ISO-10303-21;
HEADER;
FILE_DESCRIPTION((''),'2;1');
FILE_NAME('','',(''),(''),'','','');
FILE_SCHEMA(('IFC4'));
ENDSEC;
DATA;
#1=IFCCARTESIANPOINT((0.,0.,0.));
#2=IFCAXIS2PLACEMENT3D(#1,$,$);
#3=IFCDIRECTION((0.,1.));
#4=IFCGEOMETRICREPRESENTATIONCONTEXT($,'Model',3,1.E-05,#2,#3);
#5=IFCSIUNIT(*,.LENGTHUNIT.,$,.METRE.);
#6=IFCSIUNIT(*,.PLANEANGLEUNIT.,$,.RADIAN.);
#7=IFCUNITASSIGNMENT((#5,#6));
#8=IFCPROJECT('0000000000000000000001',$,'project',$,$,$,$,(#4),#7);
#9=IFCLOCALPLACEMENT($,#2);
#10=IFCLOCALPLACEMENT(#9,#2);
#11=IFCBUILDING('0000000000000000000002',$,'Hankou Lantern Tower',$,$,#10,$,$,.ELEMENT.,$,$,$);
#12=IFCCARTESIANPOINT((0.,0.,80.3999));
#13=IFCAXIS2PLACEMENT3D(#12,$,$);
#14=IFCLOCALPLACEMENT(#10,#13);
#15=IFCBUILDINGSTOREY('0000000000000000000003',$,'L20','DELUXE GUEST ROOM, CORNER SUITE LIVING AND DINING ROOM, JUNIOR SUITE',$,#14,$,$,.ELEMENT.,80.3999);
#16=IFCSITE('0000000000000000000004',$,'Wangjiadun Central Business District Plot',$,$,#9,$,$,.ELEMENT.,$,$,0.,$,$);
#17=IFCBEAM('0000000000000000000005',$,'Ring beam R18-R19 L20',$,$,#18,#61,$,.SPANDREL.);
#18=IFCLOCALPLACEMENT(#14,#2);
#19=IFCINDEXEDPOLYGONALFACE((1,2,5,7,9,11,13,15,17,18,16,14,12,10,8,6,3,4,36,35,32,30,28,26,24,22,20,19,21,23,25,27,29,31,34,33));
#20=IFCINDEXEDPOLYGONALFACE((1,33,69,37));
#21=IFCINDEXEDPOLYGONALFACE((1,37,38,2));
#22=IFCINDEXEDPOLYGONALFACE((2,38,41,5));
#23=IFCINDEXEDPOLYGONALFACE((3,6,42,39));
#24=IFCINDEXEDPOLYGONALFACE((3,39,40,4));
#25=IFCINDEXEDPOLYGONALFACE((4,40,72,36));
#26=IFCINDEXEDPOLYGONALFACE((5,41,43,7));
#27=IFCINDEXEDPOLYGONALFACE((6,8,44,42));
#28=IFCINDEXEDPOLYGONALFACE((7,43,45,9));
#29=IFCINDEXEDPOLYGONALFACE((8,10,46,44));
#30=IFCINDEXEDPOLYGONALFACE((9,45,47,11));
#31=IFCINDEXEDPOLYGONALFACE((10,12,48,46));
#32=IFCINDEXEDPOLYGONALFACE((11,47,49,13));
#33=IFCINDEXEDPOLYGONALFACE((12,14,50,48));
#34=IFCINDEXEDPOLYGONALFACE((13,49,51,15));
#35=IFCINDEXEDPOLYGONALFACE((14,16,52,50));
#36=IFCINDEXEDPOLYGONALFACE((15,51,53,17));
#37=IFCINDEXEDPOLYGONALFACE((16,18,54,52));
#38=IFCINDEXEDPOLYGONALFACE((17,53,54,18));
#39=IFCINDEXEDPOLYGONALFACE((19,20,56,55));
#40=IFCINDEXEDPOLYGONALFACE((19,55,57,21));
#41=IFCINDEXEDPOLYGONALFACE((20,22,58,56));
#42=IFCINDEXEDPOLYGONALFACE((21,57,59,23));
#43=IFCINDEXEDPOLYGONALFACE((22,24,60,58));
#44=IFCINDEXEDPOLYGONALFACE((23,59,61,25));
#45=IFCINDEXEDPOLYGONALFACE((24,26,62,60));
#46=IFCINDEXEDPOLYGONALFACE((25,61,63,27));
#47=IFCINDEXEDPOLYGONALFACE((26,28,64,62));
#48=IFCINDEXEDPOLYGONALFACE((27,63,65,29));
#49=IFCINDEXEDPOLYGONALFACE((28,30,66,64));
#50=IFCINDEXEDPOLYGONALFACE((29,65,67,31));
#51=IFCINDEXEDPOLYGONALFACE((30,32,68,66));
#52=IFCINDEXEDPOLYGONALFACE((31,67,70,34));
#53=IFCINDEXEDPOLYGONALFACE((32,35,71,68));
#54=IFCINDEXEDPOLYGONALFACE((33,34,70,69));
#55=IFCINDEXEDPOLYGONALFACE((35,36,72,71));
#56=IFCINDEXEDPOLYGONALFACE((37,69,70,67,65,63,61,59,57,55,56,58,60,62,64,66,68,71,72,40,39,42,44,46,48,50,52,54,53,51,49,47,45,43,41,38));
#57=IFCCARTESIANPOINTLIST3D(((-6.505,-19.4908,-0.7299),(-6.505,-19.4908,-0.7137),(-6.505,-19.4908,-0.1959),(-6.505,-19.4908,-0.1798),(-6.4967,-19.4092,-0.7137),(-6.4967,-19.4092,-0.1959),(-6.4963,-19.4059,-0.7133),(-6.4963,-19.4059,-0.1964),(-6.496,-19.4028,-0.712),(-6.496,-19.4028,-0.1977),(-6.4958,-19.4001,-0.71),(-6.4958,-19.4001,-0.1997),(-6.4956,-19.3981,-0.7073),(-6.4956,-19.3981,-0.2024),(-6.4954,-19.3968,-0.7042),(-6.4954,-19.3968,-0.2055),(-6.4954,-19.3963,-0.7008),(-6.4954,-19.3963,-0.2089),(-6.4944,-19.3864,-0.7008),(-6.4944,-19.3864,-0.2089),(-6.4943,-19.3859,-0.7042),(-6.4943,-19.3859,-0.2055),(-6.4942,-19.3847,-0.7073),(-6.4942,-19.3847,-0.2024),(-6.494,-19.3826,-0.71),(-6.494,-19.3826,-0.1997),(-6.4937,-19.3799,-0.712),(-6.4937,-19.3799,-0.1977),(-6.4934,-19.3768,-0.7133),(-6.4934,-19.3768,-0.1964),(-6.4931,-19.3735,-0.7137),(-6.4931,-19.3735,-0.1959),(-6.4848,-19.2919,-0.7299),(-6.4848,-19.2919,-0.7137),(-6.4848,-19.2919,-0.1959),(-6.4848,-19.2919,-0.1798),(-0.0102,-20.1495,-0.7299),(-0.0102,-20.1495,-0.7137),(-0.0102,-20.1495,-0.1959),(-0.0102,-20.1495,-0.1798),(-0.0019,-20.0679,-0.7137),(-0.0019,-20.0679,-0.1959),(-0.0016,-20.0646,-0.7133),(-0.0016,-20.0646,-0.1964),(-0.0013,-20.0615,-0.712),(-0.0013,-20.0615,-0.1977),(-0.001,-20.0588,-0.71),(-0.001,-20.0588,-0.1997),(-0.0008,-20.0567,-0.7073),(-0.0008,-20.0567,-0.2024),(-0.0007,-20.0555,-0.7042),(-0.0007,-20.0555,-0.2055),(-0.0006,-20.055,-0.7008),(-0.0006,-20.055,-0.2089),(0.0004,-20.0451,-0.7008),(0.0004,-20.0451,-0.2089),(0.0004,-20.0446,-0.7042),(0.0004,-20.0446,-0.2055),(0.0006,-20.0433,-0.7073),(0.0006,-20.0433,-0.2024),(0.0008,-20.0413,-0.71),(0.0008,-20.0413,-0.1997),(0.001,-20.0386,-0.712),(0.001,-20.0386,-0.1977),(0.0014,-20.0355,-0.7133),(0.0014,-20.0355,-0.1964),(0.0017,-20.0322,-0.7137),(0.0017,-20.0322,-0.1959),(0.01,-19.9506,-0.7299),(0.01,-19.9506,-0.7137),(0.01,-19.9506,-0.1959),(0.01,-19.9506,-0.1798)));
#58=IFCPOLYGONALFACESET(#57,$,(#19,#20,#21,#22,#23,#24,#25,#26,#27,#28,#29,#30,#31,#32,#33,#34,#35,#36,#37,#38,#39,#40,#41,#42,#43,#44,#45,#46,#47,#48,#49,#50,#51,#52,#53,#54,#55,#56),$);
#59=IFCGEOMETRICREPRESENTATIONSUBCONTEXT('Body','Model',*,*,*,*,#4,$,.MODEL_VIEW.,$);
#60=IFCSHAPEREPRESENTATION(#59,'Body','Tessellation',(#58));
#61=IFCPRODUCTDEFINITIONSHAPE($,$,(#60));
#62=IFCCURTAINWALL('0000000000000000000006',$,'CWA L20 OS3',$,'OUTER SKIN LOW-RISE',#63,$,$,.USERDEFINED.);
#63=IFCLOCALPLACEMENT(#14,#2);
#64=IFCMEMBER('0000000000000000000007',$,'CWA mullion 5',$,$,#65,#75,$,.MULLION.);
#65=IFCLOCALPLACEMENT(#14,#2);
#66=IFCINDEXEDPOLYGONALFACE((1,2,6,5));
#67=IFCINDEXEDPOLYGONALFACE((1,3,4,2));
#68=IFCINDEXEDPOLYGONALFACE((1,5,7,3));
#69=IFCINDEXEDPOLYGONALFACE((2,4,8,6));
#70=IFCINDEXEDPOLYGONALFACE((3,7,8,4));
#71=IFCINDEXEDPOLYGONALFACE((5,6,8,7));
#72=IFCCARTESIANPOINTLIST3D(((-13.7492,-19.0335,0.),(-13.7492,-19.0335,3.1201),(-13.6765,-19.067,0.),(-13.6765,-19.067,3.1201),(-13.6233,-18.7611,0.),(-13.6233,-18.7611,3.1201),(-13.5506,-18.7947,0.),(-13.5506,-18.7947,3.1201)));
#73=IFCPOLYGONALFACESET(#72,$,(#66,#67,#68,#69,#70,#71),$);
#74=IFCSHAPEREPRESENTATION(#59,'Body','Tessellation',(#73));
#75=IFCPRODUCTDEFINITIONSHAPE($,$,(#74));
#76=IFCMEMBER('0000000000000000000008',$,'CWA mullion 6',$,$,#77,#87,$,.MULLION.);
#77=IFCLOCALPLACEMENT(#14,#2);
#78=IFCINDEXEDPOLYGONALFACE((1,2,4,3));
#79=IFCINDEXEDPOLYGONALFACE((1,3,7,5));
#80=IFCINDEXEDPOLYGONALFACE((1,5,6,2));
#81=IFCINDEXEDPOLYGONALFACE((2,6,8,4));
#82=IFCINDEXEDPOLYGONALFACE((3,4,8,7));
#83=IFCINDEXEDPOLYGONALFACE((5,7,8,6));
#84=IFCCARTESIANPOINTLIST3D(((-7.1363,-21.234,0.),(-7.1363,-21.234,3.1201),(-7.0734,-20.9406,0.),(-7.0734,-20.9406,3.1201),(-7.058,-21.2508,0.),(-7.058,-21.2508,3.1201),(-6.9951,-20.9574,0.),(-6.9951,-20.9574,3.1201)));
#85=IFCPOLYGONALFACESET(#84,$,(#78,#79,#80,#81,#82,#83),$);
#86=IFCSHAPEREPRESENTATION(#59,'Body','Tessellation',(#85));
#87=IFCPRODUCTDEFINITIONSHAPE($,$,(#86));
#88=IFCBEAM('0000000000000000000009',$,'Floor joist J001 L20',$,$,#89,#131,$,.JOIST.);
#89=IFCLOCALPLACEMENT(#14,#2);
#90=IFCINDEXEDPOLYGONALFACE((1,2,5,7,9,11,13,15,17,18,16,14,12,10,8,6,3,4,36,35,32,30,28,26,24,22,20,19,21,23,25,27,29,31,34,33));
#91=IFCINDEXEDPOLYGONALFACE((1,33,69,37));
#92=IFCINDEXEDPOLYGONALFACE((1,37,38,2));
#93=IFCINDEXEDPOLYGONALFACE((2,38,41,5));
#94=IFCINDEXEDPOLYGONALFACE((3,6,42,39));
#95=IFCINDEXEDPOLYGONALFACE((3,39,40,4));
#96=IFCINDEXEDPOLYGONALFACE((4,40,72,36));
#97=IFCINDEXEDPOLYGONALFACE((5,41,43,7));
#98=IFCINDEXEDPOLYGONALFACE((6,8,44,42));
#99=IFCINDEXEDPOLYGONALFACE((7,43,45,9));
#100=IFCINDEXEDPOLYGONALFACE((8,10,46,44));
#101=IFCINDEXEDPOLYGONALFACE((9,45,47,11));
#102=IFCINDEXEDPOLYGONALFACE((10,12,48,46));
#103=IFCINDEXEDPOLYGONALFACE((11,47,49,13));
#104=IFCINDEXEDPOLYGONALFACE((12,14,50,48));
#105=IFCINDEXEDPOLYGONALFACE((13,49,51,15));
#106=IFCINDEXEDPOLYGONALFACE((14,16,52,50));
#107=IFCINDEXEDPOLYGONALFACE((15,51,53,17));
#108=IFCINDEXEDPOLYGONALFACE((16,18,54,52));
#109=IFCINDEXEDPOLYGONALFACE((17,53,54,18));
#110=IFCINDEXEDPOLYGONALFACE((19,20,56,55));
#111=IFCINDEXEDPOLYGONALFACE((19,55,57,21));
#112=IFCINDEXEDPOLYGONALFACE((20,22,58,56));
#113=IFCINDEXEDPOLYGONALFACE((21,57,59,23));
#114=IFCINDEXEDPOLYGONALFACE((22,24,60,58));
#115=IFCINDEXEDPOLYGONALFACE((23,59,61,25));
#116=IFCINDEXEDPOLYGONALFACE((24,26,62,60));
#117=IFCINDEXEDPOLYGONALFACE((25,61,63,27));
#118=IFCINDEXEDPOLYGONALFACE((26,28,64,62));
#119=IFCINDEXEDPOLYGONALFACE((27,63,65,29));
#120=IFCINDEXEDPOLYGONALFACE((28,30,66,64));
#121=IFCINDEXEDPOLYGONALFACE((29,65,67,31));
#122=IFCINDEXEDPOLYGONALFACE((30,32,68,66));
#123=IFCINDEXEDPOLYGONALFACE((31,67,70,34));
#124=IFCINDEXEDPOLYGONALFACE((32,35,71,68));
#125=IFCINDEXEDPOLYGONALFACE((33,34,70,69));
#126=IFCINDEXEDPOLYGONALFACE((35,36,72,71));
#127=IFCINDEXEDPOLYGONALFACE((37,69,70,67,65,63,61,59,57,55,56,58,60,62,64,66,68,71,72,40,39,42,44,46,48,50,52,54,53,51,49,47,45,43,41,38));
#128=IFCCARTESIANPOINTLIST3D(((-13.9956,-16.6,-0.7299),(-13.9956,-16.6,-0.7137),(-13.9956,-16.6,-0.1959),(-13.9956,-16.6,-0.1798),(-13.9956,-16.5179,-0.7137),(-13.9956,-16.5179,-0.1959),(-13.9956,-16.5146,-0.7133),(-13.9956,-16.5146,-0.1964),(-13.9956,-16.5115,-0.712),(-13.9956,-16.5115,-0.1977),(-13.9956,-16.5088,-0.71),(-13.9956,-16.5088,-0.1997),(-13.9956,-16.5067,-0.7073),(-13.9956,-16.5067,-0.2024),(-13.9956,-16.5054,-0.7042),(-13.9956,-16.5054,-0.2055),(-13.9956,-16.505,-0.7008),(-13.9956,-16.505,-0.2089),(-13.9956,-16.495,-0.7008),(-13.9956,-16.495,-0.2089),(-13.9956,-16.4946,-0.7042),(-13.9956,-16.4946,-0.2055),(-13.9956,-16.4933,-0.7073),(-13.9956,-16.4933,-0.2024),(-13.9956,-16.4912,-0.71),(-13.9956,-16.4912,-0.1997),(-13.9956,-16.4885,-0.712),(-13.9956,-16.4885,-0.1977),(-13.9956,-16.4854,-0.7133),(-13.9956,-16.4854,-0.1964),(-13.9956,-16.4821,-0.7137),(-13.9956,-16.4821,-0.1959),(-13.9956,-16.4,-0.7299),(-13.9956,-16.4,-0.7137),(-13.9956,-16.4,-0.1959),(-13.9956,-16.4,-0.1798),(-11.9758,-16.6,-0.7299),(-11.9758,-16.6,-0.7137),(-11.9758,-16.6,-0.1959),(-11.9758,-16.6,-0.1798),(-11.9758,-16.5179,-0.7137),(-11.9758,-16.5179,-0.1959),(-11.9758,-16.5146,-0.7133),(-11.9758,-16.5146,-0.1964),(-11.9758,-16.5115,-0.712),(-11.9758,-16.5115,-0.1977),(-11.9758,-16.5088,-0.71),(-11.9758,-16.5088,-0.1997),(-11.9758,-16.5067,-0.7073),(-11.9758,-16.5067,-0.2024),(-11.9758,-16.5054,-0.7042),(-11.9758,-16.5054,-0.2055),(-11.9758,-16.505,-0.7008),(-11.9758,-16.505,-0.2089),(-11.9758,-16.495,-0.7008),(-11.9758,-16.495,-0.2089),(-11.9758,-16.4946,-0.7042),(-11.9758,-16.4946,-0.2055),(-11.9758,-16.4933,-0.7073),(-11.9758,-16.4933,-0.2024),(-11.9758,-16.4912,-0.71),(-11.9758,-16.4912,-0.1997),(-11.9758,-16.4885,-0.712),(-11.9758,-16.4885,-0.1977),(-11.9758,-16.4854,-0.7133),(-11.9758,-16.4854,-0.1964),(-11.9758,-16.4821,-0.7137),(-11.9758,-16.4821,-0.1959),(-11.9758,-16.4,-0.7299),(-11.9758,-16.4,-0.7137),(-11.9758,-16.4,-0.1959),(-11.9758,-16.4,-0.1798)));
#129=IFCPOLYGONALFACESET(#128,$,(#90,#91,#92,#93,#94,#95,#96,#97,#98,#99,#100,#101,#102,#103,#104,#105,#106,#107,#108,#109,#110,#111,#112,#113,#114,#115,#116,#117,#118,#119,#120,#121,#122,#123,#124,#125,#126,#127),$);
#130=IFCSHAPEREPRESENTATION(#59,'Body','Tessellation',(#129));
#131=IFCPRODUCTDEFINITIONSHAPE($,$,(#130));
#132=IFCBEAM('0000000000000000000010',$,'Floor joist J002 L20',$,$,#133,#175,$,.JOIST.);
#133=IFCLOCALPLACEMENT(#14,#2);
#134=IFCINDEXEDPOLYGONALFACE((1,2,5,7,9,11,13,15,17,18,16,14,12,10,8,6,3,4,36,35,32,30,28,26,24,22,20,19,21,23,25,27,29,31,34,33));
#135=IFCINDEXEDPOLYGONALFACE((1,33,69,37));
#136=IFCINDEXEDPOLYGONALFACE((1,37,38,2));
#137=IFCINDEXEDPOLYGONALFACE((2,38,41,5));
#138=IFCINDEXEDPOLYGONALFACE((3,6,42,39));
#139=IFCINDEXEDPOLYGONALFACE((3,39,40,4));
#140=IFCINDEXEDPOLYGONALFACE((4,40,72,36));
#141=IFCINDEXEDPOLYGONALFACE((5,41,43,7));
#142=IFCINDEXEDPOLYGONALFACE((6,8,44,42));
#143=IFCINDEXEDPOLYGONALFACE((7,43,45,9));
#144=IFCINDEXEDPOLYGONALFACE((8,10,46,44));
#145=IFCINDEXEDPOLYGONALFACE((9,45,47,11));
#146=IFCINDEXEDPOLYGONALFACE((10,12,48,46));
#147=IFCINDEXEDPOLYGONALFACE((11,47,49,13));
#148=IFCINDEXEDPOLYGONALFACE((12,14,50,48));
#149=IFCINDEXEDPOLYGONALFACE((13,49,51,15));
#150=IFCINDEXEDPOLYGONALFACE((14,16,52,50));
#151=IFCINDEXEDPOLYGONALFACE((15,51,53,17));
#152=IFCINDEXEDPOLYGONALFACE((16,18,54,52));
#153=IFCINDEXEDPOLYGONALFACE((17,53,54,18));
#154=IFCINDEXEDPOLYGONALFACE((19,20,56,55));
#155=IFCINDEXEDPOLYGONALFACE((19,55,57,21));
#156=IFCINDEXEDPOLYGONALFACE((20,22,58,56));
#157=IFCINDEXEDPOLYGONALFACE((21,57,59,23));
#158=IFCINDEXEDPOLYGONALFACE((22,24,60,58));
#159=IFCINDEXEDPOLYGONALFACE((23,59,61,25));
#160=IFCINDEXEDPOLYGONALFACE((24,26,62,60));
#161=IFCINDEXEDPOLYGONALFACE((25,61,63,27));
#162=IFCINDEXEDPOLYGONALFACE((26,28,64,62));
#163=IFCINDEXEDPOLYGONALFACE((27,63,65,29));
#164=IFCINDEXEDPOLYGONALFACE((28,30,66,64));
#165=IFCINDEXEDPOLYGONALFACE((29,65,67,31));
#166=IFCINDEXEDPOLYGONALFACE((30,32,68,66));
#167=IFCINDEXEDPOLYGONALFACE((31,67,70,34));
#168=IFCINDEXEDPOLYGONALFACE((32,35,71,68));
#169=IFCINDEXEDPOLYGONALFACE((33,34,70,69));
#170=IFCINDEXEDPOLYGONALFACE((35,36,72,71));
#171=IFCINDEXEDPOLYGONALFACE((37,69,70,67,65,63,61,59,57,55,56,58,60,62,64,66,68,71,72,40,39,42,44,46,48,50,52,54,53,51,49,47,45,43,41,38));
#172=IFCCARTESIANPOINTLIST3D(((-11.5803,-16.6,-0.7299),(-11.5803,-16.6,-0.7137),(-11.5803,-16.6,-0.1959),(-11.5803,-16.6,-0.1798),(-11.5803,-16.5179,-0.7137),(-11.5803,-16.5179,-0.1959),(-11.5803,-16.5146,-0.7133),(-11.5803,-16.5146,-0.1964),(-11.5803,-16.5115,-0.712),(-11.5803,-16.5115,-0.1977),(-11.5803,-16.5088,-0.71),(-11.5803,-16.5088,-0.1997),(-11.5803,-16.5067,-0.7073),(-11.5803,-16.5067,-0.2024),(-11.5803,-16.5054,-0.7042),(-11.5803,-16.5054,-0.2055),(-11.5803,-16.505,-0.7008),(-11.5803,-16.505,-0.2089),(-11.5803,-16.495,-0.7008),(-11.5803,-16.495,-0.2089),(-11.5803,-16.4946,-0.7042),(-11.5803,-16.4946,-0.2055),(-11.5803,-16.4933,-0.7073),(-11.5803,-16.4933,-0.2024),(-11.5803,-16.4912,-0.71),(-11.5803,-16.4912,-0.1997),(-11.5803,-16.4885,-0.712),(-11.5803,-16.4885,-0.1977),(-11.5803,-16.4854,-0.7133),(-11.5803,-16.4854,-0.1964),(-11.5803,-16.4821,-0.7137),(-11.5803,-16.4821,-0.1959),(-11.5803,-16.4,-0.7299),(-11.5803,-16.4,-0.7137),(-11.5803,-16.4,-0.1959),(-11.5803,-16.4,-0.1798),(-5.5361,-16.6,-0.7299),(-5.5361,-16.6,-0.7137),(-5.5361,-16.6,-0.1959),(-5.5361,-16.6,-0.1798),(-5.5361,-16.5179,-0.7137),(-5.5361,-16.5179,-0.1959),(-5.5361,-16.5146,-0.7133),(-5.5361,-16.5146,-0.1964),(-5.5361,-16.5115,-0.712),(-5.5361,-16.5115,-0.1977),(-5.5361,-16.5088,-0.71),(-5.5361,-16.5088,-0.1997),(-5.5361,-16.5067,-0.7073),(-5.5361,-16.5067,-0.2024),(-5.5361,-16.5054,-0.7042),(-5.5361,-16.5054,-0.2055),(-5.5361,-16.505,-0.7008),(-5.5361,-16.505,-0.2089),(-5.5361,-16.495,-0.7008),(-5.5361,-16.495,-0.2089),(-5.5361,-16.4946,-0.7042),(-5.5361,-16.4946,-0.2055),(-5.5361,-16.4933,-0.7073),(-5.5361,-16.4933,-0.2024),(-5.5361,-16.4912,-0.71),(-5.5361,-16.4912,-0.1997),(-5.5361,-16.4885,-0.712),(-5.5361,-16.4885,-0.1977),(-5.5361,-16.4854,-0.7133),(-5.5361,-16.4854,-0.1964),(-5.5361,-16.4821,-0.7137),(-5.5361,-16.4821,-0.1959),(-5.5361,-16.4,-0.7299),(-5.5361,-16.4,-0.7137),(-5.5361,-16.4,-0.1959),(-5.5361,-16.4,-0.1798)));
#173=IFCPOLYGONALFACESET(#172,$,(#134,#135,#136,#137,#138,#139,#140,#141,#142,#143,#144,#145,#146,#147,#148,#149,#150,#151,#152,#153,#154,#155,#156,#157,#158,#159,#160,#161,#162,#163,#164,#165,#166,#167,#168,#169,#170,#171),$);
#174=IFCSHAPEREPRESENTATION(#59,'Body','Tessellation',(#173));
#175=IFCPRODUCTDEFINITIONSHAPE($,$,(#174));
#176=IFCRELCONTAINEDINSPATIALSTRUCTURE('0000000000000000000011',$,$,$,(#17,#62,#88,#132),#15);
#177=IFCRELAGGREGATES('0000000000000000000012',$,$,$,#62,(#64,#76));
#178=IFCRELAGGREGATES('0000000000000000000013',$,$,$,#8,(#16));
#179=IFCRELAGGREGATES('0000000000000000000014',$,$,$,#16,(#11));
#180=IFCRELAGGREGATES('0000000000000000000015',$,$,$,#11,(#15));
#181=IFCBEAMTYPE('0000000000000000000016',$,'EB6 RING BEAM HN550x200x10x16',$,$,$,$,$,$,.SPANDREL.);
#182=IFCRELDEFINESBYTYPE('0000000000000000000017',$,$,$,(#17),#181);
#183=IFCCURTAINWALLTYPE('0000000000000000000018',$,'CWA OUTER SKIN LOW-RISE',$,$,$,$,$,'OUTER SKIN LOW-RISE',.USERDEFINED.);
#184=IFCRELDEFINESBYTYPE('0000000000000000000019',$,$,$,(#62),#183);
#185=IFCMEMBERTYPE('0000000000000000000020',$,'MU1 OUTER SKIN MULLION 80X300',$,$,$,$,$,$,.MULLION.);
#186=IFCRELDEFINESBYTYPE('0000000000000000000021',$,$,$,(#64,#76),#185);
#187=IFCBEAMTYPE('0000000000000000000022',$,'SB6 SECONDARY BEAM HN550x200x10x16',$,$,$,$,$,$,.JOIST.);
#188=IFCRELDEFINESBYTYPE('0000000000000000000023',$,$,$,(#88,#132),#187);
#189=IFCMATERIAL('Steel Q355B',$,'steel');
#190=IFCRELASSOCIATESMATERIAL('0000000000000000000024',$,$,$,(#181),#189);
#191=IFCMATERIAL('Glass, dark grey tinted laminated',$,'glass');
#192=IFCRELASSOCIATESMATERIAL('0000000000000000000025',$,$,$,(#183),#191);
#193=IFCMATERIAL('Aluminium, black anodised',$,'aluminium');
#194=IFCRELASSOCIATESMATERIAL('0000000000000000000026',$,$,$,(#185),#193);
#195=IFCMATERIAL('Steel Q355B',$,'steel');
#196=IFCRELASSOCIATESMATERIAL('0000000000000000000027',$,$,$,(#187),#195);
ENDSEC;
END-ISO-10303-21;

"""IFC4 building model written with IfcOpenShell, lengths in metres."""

from ifc_helpers import new_model, si_unit, direction, frame, origin, origin_2d, place, context, subcontext, project, spatial, rectangle, i_section, extrude, material, material_profile, profile_set, type_object, element, aggregate, save


model = new_model("IFC4")

# Units and contexts
model_context = context("Model", 3, precision=1e-05, world=origin(), true_north=direction((0.0, 1.0)))
body_context = subcontext(model_context, "Body", "Model", "MODEL_VIEW")
ifc_project = project(units=[si_unit("LENGTHUNIT", "METRE"), si_unit("PLANEANGLEUNIT", "RADIAN")], contexts=[model_context])

# Site, building, storey
site_placement = place(None, origin())
site = spatial("IfcSite", under=ifc_project, at=site_placement, Name="Wangjiadun Central Business District Plot", CompositionType="ELEMENT", RefElevation=0.0)
building_placement = place(site_placement, origin())
building = spatial("IfcBuilding", under=site, at=building_placement, Name="Hankou Lantern Tower", CompositionType="ELEMENT")
storey_placement = place(building_placement, frame((0.0, 0.0, 80.3999)))
storey = spatial("IfcBuildingStorey", under=building, at=storey_placement, Name="L20", Description="DELUXE GUEST ROOM, CORNER SUITE LIVING AND DINING ROOM, JUNIOR SUITE", CompositionType="ELEMENT", Elevation=80.3999)

# Beam
ifc_material_1 = material(Name="Steel Q355B", Category="steel")
ifc_material_profile_1 = material_profile(ifc_material_1, i_section(OverallWidth=0.2, OverallDepth=0.55, WebThickness=0.01, FlangeThickness=0.0161, FilletRadius=0.0129, at=origin_2d()), Name="HN550x200x10x16")
ifc_profile_set_1 = profile_set([ifc_material_profile_1], Name="Steel Q355B")
beam_type_1 = type_object("IfcBeamType", Name="EB6 RING BEAM HN550x200x10x16", PredefinedType="SPANDREL", material=ifc_profile_set_1)
beam_1_placement = place(storey_placement, frame((-6.4949, -19.3914, -0.4548), z_axis=(0.994897, -0.1009, 0.0), x_axis=(0.1009, 0.994897, 0.0)))
element("IfcBeam", 1, at=beam_1_placement, inside=storey, type_object=beam_type_1, Name="Ring beam R18-R19 L20", PredefinedType="SPANDREL", context=body_context, shape_type="SweptSolid", body=[
    extrude(i_section(OverallWidth=0.2, OverallDepth=0.55, WebThickness=0.01, FlangeThickness=0.0161, FilletRadius=0.0129, at=origin_2d()), origin(), (0.0, 0.0, 1.0), 6.5281),
])

# Curtain wall, members
ifc_material_2 = material(Name="Glass, dark grey tinted laminated", Category="glass")
curtain_wall_type = type_object("IfcCurtainWallType", Name="CWA OUTER SKIN LOW-RISE", ElementType="OUTER SKIN LOW-RISE", PredefinedType="USERDEFINED", material=ifc_material_2)
curtain_wall_placement = place(storey_placement, origin())
curtain_wall = element("IfcCurtainWall", 2, at=curtain_wall_placement, inside=storey, type_object=curtain_wall_type, Name="CWA L20 OS3", ObjectType="OUTER SKIN LOW-RISE", PredefinedType="USERDEFINED")
ifc_material_3 = material(Name="Aluminium, black anodised", Category="aluminium")
ifc_material_profile_2 = material_profile(ifc_material_3, rectangle(XDim=0.0801, YDim=0.3, at=origin_2d()), Name="MU1 80X300")
ifc_profile_set_2 = profile_set([ifc_material_profile_2], Name="Aluminium, black anodised")
member_type_1 = type_object("IfcMemberType", Name="MU1 OUTER SKIN MULLION 80X300", PredefinedType="MULLION", material=ifc_profile_set_2)
member_1_placement = place(storey_placement, frame((-13.6499, -18.9141, 0.0), z_axis=(0.0, 0.0, 1.0), x_axis=(0.907841, -0.419314, 0.0)))
member_1 = element("IfcMember", 3, at=member_1_placement, type_object=member_type_1, Name="CWA mullion 5", PredefinedType="MULLION", context=body_context, shape_type="SweptSolid", body=[
    extrude(rectangle(XDim=0.0801, YDim=0.3, at=origin_2d()), origin(), (0.0, 0.0, 1.0), 3.1201),
])
member_2_placement = place(storey_placement, frame((-7.0657, -21.0957, 0.0), z_axis=(0.0, 0.0, 1.0), x_axis=(0.977788, -0.209598, 0.0)))
member_2 = element("IfcMember", 4, at=member_2_placement, type_object=member_type_1, Name="CWA mullion 6", PredefinedType="MULLION", context=body_context, shape_type="SweptSolid", body=[
    extrude(rectangle(XDim=0.0801, YDim=0.3, at=origin_2d()), origin(), (0.0, 0.0, 1.0), 3.1201),
])

# Beams
ifc_material_4 = material(Name="Steel Q355B", Category="steel")
ifc_material_profile_3 = material_profile(ifc_material_4, i_section(OverallWidth=0.2, OverallDepth=0.55, WebThickness=0.01, FlangeThickness=0.0161, FilletRadius=0.0129, at=origin_2d()), Name="HN550x200x10x16")
ifc_profile_set_3 = profile_set([ifc_material_profile_3], Name="Steel Q355B")
beam_type_2 = type_object("IfcBeamType", Name="SB6 SECONDARY BEAM HN550x200x10x16", PredefinedType="JOIST", material=ifc_profile_set_3)
beam_2_placement = place(storey_placement, frame((-13.9956, -16.5, -0.4548), z_axis=(1.0, 0.0, 0.0), x_axis=(0.0, 1.0, 0.0)))
element("IfcBeam", 5, at=beam_2_placement, inside=storey, type_object=beam_type_2, Name="Floor joist J001 L20", PredefinedType="JOIST", context=body_context, shape_type="SweptSolid", body=[
    extrude(i_section(OverallWidth=0.2, OverallDepth=0.55, WebThickness=0.01, FlangeThickness=0.0161, FilletRadius=0.0129, at=origin_2d()), origin(), (0.0, 0.0, 1.0), 2.0198),
])
beam_3_placement = place(storey_placement, frame((-11.5803, -16.5, -0.4548), z_axis=(1.0, 0.0, 0.0), x_axis=(0.0, 1.0, 0.0)))
element("IfcBeam", 6, at=beam_3_placement, inside=storey, type_object=beam_type_2, Name="Floor joist J002 L20", PredefinedType="JOIST", context=body_context, shape_type="SweptSolid", body=[
    extrude(i_section(OverallWidth=0.2, OverallDepth=0.55, WebThickness=0.01, FlangeThickness=0.0161, FilletRadius=0.0129, at=origin_2d()), origin(), (0.0, 0.0, 1.0), 6.0442),
])

aggregate(curtain_wall, [member_1, member_2])

save(model, "model.ifc")
